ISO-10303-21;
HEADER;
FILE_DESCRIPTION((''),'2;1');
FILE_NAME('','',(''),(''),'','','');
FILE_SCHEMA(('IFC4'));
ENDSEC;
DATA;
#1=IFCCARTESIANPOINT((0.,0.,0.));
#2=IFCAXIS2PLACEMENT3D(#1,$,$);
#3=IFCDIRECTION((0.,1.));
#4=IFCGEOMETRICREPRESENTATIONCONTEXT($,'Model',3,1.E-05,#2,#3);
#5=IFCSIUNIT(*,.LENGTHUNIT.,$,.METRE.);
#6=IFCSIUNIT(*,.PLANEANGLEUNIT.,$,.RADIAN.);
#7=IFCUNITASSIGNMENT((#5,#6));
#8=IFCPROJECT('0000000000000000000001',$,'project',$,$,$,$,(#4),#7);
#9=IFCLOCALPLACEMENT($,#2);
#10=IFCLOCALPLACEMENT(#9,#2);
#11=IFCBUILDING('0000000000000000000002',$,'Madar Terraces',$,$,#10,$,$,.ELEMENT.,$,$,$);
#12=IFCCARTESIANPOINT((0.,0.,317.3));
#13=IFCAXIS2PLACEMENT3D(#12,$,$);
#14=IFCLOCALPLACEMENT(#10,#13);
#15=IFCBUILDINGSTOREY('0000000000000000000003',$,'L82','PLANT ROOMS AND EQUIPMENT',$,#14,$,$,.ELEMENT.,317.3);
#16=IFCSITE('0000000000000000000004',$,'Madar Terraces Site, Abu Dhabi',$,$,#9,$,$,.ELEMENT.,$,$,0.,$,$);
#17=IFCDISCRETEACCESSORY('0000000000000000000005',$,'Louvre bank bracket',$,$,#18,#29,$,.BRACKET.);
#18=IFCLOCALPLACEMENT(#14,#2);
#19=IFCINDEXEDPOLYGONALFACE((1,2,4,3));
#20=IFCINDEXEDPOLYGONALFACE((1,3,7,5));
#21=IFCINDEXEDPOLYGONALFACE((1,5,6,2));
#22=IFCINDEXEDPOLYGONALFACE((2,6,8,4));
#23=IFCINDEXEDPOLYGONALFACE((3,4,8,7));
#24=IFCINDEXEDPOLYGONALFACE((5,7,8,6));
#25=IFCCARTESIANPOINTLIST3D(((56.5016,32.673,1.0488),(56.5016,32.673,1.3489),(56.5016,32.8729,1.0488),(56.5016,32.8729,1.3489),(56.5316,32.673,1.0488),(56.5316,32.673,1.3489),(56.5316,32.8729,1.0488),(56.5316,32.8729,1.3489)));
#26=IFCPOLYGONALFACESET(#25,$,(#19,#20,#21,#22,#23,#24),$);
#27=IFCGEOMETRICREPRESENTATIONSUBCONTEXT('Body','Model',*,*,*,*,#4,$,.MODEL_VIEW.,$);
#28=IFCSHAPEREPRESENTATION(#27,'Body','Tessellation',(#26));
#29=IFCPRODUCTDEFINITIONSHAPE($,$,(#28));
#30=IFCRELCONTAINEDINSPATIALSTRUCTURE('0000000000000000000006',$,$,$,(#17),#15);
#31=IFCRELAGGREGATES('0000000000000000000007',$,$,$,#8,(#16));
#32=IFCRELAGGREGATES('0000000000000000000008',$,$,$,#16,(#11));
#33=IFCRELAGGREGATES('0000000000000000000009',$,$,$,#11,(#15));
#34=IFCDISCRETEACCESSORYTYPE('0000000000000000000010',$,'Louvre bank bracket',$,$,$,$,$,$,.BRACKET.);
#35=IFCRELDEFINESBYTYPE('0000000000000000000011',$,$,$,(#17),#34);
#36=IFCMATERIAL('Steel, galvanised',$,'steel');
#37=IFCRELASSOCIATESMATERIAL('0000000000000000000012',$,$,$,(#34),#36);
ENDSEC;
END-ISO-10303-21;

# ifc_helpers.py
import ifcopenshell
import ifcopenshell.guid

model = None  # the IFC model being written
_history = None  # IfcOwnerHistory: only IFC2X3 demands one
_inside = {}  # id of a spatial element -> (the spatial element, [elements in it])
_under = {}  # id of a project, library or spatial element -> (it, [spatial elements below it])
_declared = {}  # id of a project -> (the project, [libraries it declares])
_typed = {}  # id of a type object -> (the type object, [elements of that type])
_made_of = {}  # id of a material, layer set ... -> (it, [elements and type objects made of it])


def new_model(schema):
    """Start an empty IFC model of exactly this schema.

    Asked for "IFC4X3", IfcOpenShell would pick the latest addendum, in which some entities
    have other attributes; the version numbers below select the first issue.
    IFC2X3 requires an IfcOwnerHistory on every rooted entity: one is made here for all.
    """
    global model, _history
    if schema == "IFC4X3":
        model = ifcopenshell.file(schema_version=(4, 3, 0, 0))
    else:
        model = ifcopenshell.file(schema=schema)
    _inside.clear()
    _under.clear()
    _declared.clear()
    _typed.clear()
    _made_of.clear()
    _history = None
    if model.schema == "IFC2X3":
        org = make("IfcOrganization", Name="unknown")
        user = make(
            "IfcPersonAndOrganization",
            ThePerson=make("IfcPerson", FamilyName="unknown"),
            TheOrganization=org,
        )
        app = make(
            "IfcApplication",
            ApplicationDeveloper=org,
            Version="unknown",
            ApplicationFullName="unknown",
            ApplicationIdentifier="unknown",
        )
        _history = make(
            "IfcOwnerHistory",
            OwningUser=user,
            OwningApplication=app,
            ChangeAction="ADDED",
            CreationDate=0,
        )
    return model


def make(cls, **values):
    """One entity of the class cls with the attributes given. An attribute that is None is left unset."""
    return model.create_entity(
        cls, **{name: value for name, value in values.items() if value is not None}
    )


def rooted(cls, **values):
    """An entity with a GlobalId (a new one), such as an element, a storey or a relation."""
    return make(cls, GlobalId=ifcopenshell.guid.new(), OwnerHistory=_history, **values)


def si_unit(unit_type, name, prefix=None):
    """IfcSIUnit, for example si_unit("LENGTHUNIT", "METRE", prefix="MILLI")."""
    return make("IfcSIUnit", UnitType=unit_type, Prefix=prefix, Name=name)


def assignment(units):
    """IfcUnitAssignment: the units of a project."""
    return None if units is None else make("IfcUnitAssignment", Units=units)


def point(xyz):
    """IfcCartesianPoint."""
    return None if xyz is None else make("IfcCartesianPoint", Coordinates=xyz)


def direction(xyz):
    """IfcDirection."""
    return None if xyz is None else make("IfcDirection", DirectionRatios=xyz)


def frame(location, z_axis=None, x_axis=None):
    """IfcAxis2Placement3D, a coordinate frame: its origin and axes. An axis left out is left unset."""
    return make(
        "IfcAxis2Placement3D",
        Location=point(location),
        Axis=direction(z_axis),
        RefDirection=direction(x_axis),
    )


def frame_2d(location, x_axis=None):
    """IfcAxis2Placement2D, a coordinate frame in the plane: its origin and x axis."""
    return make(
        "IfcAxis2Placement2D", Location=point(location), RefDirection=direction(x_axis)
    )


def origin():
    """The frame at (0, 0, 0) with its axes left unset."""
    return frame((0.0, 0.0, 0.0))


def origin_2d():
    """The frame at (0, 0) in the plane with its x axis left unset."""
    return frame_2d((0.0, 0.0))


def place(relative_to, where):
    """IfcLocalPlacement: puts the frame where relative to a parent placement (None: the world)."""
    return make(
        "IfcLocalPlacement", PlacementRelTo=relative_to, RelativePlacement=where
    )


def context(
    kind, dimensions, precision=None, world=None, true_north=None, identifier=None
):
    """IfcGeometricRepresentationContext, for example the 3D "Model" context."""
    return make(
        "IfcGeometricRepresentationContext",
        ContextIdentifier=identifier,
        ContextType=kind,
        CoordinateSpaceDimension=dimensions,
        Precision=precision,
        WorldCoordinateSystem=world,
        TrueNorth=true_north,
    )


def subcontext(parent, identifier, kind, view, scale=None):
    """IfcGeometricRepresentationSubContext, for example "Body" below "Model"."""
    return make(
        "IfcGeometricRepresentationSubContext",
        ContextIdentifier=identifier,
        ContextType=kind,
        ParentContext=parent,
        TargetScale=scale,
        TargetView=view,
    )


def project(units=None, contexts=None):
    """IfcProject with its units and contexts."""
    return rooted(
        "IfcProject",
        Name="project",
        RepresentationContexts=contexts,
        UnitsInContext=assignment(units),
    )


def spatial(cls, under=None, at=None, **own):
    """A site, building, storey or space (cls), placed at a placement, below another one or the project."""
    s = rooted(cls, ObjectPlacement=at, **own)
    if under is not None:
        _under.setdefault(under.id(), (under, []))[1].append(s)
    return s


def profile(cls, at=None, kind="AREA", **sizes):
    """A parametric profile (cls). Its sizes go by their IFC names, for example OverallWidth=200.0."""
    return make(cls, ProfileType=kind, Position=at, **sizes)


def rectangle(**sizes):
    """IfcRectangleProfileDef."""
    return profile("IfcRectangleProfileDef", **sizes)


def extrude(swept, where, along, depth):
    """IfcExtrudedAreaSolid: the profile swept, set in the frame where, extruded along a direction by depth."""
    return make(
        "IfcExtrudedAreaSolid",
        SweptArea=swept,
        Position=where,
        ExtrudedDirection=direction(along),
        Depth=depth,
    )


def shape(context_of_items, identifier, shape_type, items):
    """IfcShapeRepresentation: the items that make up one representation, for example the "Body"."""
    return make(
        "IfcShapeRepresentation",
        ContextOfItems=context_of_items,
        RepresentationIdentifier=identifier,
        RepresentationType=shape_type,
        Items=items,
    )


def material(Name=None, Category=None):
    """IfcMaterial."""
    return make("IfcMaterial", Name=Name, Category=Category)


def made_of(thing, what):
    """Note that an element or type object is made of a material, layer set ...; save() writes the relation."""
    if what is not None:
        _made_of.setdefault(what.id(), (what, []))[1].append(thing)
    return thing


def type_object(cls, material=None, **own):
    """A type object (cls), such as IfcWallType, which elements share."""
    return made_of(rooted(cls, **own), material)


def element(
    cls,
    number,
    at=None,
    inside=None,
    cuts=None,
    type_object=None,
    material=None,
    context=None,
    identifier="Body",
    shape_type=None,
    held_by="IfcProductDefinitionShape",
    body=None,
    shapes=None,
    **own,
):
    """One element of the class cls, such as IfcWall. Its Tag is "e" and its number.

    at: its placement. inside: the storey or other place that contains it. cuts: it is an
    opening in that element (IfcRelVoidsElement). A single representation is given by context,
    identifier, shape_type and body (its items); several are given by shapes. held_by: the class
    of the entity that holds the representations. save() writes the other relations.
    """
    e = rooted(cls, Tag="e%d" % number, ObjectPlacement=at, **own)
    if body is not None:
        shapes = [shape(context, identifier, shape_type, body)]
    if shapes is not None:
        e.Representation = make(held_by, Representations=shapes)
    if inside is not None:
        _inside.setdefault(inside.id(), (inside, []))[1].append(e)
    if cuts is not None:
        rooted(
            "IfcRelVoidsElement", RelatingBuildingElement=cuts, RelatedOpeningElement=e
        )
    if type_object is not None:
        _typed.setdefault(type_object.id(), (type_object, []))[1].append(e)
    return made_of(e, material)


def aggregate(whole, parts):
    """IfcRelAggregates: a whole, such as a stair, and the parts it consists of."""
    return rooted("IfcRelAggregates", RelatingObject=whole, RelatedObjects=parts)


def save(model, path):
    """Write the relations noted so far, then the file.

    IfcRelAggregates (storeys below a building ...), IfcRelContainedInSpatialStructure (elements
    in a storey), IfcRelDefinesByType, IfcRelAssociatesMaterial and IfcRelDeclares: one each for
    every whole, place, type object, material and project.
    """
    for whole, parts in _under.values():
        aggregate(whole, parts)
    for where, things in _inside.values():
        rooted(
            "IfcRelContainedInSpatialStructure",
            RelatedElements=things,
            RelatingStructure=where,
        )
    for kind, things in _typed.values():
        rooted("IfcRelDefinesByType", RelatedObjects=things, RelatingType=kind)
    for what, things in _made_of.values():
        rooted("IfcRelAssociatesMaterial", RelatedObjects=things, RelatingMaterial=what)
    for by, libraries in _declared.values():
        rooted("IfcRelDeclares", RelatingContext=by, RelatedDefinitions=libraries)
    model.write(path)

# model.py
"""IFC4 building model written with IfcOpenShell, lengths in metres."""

from ifc_helpers import new_model, si_unit, direction, frame, origin, origin_2d, place, context, subcontext, project, spatial, rectangle, extrude, material, type_object, element, save


model = new_model("IFC4")

# Units and contexts
model_context = context("Model", 3, precision=1e-05, world=origin(), true_north=direction((0.0, 1.0)))
body_context = subcontext(model_context, "Body", "Model", "MODEL_VIEW")
ifc_project = project(units=[si_unit("LENGTHUNIT", "METRE"), si_unit("PLANEANGLEUNIT", "RADIAN")], contexts=[model_context])

# Site, building, storey
site_placement = place(None, origin())
site = spatial("IfcSite", under=ifc_project, at=site_placement, Name="Madar Terraces Site, Abu Dhabi", CompositionType="ELEMENT", RefElevation=0.0)
building_placement = place(site_placement, origin())
building = spatial("IfcBuilding", under=site, at=building_placement, Name="Madar Terraces", CompositionType="ELEMENT")
storey_placement = place(building_placement, frame((0.0, 0.0, 317.3)))
storey = spatial("IfcBuildingStorey", under=building, at=storey_placement, Name="L82", Description="PLANT ROOMS AND EQUIPMENT", CompositionType="ELEMENT", Elevation=317.3)

# Discrete accessory
ifc_material_1 = material(Name="Steel, galvanised", Category="steel")
discrete_accessory_type_1 = type_object("IfcDiscreteAccessoryType", Name="Louvre bank bracket", PredefinedType="BRACKET", material=ifc_material_1)
for number, where, z_axis, x_axis, name in (
    (1, (56.5166, 32.7729, 1.0488), (0.0, 0.0, 1.0), (0.0, 1.0, 0.0), "Louvre bank bracket"),
):
    element("IfcDiscreteAccessory", number, at=place(storey_placement, frame(where, z_axis=z_axis, x_axis=x_axis)), inside=storey, type_object=discrete_accessory_type_1, Name=name, PredefinedType="BRACKET", context=body_context, shape_type="SweptSolid", body=[
        extrude(rectangle(XDim=0.2, YDim=0.03, at=origin_2d()), origin(), (0.0, 0.0, 1.0), 0.3),
    ])

save(model, "model.ifc")
